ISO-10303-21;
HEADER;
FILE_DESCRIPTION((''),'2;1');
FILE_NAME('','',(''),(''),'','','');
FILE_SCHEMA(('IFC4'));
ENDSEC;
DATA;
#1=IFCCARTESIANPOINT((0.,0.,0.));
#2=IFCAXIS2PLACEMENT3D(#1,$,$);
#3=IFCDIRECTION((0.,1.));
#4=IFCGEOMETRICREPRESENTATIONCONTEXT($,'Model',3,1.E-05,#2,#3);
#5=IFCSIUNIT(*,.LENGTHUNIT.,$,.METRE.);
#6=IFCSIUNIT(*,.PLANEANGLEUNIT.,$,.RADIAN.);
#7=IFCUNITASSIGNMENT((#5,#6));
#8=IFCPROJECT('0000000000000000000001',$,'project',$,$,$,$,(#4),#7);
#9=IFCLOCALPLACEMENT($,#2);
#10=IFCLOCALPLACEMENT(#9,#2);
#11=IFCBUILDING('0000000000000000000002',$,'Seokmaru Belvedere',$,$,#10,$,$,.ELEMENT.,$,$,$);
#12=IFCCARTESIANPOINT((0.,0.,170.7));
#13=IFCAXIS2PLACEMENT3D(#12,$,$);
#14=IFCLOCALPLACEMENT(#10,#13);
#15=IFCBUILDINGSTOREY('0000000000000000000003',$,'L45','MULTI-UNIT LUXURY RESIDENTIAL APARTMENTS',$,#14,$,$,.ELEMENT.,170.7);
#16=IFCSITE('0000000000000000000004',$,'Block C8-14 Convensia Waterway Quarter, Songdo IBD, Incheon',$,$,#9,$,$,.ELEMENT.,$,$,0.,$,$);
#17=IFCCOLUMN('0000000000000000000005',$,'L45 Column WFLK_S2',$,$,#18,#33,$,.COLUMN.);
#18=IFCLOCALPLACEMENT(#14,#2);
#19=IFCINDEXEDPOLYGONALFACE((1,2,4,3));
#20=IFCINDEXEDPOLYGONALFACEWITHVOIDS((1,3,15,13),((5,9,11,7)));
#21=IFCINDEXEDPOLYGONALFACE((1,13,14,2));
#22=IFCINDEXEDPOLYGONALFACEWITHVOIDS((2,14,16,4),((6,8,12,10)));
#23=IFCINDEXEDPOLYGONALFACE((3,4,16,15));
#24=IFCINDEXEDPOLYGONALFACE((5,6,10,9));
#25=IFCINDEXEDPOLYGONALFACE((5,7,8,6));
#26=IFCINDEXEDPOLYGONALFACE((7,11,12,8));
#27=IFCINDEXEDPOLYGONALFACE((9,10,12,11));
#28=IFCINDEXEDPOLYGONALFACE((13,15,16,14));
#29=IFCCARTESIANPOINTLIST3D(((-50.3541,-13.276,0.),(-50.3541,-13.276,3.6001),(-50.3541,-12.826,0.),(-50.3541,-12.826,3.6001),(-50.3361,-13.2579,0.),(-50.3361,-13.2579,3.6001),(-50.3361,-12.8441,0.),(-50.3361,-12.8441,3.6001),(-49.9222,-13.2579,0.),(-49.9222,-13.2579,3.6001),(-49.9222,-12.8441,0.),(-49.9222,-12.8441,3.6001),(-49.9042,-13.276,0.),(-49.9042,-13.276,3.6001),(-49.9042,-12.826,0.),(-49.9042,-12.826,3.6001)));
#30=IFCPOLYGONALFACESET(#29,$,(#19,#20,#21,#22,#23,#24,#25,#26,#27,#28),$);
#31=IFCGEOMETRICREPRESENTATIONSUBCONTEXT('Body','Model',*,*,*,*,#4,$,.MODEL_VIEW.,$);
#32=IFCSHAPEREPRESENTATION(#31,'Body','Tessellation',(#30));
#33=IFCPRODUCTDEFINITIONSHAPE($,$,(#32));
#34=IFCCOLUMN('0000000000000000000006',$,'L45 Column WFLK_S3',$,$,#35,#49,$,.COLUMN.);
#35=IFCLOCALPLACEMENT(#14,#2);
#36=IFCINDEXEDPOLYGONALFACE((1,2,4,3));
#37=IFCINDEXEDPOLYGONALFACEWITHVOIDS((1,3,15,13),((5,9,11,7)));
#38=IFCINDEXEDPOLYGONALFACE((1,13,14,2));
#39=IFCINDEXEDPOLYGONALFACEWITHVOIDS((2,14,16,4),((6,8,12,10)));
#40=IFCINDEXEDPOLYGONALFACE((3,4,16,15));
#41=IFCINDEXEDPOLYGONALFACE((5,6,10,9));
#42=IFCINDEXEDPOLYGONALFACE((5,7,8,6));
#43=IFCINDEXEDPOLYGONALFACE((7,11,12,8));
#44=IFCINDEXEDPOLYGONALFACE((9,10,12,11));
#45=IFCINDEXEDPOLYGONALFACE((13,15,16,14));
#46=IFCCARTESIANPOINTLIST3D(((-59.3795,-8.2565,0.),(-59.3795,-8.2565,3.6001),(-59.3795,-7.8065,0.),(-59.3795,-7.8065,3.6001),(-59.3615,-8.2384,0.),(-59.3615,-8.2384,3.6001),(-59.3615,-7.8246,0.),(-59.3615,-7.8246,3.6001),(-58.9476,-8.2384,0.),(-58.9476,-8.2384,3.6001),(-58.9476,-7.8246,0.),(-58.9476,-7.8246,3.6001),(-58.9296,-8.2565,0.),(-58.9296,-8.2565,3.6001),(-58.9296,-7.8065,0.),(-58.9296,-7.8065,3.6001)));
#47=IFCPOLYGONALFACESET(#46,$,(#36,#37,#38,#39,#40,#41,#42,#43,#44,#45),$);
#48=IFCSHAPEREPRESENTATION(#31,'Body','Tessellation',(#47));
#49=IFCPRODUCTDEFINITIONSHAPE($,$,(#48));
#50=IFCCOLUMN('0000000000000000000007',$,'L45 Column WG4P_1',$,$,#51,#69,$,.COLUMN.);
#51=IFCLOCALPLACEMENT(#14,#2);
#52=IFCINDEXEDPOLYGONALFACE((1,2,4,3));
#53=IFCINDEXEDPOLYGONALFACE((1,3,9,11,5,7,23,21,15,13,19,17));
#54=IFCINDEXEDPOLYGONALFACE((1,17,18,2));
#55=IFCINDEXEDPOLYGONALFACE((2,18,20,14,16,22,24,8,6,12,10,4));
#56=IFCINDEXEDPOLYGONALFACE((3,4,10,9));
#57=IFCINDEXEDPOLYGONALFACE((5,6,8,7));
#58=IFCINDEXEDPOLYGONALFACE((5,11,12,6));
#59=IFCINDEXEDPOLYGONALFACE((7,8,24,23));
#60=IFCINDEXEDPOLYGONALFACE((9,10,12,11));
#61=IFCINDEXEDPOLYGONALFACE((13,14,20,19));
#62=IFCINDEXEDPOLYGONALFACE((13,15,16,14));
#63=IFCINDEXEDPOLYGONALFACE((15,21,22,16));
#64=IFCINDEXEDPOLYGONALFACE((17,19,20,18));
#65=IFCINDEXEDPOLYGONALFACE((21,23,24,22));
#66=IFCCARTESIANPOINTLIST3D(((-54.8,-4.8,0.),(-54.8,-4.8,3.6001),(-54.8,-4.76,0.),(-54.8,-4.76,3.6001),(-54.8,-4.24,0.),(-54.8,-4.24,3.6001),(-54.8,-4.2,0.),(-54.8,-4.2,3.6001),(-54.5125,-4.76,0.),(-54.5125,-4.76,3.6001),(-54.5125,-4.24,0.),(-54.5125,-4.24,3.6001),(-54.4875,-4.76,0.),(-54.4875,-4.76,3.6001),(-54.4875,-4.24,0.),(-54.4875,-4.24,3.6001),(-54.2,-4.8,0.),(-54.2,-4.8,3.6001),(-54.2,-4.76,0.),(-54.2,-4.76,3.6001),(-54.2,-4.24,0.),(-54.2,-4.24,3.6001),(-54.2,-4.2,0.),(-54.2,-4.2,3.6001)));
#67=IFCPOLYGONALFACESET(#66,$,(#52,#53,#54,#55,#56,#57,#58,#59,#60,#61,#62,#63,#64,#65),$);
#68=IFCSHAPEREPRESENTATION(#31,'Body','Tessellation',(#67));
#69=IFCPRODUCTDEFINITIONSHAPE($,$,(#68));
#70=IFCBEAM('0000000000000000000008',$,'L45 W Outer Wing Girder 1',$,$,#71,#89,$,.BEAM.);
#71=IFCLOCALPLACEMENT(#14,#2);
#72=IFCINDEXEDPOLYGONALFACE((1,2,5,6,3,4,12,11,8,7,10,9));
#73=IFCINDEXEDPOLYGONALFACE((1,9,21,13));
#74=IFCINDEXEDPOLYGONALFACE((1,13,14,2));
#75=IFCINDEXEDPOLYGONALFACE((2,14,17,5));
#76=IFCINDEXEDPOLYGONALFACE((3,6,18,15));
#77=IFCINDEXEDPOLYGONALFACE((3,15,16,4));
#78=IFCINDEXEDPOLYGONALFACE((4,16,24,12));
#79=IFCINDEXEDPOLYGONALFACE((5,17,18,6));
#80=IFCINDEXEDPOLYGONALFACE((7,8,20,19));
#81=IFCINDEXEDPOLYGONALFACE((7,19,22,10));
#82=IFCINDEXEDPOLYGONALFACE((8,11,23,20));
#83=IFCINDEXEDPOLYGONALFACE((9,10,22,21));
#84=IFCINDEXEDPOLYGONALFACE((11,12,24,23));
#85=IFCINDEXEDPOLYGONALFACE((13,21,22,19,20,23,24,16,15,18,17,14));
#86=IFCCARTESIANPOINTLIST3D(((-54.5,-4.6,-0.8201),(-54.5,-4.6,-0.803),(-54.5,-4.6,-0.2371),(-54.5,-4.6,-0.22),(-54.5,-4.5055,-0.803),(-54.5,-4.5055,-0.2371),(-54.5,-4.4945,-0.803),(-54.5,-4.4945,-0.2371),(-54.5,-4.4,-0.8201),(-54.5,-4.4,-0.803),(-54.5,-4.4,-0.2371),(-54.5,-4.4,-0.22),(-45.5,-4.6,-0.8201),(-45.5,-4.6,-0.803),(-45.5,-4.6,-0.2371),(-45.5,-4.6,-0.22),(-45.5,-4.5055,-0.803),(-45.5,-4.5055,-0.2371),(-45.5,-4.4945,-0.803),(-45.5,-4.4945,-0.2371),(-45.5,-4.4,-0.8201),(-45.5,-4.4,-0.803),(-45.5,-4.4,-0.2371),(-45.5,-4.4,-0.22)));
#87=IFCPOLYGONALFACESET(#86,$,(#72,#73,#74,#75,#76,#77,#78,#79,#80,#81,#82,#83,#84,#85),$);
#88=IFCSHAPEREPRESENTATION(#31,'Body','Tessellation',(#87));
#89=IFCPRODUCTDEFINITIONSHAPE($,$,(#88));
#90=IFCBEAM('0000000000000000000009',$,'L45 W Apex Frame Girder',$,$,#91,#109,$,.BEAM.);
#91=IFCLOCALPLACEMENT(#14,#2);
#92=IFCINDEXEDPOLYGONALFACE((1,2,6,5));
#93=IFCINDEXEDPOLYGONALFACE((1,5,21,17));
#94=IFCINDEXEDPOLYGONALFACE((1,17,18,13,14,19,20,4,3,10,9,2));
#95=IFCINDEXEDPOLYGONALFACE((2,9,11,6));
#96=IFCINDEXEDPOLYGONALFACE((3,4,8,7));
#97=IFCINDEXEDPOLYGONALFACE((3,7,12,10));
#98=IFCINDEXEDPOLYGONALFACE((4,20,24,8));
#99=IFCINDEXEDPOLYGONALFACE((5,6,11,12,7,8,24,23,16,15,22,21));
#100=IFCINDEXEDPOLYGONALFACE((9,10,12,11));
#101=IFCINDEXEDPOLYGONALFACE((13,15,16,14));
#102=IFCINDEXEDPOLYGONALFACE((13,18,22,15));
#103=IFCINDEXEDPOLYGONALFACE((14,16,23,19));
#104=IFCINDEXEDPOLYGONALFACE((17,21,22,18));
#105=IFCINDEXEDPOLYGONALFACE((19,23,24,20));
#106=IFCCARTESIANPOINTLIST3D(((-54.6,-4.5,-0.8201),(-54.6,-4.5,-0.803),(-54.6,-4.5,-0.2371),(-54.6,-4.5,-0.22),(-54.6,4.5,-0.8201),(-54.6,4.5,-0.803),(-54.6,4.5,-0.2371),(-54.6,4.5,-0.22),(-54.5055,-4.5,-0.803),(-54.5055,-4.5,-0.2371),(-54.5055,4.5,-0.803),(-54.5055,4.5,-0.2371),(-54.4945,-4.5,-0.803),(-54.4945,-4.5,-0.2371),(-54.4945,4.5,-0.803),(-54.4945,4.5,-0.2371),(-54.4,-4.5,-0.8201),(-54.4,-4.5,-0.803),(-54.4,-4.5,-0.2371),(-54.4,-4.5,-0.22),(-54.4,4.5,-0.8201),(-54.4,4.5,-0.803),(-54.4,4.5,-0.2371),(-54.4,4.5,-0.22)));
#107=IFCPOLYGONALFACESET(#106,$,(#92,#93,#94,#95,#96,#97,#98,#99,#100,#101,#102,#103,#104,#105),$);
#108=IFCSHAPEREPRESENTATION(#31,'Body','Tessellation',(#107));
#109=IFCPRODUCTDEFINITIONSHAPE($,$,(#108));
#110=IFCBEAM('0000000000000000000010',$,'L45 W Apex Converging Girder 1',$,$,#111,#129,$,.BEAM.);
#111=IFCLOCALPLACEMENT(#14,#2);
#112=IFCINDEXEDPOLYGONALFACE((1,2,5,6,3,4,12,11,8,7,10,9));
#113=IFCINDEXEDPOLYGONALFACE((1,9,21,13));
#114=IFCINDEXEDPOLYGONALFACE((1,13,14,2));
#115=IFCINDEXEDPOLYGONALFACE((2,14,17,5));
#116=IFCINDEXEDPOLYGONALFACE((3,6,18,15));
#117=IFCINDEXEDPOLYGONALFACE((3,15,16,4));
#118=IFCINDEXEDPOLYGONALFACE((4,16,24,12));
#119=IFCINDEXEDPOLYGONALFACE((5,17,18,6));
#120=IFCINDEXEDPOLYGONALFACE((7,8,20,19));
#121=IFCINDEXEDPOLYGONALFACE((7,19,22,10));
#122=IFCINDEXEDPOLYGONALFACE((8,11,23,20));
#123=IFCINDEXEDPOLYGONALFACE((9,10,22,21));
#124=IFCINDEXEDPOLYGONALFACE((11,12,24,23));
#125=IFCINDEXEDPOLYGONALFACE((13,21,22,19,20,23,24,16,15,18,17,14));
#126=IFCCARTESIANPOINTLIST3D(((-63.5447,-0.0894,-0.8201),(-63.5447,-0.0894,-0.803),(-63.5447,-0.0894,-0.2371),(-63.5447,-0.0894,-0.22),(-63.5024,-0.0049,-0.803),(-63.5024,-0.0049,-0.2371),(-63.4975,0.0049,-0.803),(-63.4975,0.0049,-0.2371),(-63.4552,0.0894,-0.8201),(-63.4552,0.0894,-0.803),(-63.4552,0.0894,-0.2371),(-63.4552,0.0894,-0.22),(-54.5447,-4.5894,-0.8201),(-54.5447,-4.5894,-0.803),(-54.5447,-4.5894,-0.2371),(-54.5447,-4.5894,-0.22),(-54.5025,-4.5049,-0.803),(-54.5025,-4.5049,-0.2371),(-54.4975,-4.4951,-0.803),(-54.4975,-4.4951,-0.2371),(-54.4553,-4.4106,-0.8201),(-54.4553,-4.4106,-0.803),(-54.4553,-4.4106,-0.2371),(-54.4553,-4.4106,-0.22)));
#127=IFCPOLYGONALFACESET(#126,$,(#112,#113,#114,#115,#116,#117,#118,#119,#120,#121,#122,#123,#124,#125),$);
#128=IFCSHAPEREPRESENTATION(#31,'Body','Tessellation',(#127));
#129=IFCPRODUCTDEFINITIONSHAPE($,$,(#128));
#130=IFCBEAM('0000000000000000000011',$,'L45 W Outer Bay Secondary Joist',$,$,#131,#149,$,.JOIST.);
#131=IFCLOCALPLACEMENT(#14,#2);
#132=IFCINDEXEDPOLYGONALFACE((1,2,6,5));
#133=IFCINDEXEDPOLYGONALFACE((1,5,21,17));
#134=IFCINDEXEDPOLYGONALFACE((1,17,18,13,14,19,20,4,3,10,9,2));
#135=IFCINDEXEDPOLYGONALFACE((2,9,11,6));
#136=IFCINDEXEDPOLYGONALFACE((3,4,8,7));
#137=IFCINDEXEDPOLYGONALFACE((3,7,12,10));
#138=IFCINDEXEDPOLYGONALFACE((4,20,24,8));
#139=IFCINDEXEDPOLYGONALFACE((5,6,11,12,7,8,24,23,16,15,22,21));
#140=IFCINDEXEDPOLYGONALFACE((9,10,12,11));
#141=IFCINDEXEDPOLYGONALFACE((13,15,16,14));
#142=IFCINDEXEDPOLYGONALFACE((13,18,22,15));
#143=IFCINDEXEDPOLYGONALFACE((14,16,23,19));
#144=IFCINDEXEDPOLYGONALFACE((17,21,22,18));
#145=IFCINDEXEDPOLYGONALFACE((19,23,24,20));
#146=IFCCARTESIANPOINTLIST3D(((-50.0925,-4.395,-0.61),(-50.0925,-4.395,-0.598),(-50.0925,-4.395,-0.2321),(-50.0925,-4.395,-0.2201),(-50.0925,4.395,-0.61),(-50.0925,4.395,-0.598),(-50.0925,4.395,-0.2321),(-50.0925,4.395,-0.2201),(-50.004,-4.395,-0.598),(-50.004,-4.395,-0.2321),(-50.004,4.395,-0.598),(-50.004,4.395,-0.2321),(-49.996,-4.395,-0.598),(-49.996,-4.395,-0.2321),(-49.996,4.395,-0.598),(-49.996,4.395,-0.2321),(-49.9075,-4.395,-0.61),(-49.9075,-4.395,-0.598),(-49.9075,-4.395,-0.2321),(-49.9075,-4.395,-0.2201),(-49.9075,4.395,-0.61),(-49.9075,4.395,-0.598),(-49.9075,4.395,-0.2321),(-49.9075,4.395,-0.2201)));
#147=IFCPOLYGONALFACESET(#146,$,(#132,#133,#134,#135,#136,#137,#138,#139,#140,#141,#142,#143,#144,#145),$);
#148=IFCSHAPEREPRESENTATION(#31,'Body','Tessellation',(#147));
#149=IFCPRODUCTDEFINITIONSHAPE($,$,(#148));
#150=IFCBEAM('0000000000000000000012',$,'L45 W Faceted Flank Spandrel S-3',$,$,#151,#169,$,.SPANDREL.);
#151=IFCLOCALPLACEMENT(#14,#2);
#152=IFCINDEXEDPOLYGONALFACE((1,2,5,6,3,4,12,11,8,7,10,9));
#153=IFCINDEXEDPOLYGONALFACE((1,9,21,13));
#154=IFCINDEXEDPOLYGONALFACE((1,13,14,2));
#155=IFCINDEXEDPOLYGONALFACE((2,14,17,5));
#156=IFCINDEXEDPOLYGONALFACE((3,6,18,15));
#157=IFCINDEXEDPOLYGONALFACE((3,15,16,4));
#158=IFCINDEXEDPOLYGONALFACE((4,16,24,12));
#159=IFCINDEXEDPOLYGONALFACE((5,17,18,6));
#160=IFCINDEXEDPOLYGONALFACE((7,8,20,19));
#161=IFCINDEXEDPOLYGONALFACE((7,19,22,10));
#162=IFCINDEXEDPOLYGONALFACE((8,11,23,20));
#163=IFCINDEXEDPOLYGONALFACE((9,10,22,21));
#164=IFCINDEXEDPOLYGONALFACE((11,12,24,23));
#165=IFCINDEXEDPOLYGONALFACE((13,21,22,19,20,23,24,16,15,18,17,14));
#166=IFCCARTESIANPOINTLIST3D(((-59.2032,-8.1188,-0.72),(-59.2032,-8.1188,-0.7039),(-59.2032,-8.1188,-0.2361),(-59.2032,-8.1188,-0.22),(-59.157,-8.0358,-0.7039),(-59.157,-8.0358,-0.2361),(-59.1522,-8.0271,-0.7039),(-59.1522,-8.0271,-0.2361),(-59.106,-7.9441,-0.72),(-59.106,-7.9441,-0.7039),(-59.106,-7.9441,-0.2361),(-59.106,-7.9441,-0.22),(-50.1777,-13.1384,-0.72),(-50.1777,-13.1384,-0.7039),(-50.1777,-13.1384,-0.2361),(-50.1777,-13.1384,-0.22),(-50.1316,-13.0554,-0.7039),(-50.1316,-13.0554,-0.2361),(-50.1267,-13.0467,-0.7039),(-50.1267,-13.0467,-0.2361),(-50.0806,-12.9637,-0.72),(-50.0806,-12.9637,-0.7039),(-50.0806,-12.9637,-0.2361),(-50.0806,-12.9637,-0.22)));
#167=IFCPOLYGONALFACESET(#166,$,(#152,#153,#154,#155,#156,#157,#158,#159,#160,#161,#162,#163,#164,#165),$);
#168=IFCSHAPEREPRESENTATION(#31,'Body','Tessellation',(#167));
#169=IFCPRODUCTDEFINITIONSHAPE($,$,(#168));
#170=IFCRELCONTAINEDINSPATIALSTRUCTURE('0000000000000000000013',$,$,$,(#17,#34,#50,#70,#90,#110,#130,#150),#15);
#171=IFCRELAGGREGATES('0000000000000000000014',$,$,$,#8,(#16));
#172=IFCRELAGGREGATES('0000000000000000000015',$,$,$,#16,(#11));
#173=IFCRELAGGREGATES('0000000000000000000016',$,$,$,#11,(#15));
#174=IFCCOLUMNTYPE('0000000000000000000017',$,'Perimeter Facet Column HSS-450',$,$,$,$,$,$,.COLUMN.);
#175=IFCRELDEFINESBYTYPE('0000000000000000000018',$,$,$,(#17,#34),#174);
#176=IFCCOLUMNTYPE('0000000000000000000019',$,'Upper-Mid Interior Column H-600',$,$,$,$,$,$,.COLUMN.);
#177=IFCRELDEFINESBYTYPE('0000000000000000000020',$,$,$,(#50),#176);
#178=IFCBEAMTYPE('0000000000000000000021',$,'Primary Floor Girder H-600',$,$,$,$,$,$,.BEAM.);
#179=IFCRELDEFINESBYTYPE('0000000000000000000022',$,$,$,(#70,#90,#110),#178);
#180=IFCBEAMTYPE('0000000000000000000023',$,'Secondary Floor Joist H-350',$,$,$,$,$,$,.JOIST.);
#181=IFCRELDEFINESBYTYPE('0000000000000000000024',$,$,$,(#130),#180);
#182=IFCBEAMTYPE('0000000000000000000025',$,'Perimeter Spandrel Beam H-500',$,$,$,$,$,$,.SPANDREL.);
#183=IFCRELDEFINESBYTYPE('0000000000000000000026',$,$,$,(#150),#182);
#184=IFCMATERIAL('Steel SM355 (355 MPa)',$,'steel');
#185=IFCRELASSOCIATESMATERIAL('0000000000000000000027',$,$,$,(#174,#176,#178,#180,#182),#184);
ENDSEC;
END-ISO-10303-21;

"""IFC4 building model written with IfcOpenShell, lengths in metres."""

from ifc_helpers import new_model, si_unit, direction, frame, origin, origin_2d, place, context, subcontext, project, spatial, hollow_rectangle, i_section, extrude, source, transform, mapped, material, material_profile, profile_set, type_object, type_shapes, element, save


model = new_model("IFC4")

# Units and contexts
model_context = context("Model", 3, precision=1e-05, world=origin(), true_north=direction((0.0, 1.0)))
body_context = subcontext(model_context, "Body", "Model", "MODEL_VIEW")
ifc_project = project(units=[si_unit("LENGTHUNIT", "METRE"), si_unit("PLANEANGLEUNIT", "RADIAN")], contexts=[model_context])

# Site, building, storey
site_placement = place(None, origin())
site = spatial("IfcSite", under=ifc_project, at=site_placement, Name="Block C8-14 Convensia Waterway Quarter, Songdo IBD, Incheon", CompositionType="ELEMENT", RefElevation=0.0)
building_placement = place(site_placement, origin())
building = spatial("IfcBuilding", under=site, at=building_placement, Name="Seokmaru Belvedere", CompositionType="ELEMENT")
storey_placement = place(building_placement, frame((0.0, 0.0, 170.7)))
storey = spatial("IfcBuildingStorey", under=building, at=storey_placement, Name="L45", Description="MULTI-UNIT LUXURY RESIDENTIAL APARTMENTS", CompositionType="ELEMENT", Elevation=170.7)

# Columns
ifc_material_1 = material(Name="Steel SM355 (355 MPa)", Category="steel")
ifc_material_profile_1 = material_profile(ifc_material_1, hollow_rectangle(XDim=0.45, YDim=0.45, WallThickness=0.0181, at=origin_2d()), Name="HSS-450x450x18")
ifc_profile_set_1 = profile_set([ifc_material_profile_1], Name="Steel SM355 (355 MPa)")
column_type_1 = type_object("IfcColumnType", Name="Perimeter Facet Column HSS-450", PredefinedType="COLUMN", material=ifc_profile_set_1)
shared_shape_1 = source(origin(), body_context, "Body", "SweptSolid", [
    extrude(hollow_rectangle(XDim=0.45, YDim=0.45, WallThickness=0.0181, at=origin_2d()), origin(), (0.0, 0.0, 1.0), 3.6001),
])
type_shapes(column_type_1, [shared_shape_1])
for number, where, z_axis, x_axis, name in (
    (1, (-50.1292, -13.051, 0.0), (0.0, 0.0, 1.0), (1.0, 0.0, 0.0), "L45 Column WFLK_S2"),
    (2, (-59.1545, -8.0315, 0.0), (0.0, 0.0, 1.0), (1.0, 0.0, 0.0), "L45 Column WFLK_S3"),
):
    element("IfcColumn", number, at=place(storey_placement, frame(where, z_axis=z_axis, x_axis=x_axis)), inside=storey, type_object=column_type_1, Name=name, PredefinedType="COLUMN", context=body_context, shape_type="MappedRepresentation", body=[
        mapped(shared_shape_1, transform((0.0, 0.0, 0.0), scale=1.0)),
    ])
ifc_material_profile_2 = material_profile(ifc_material_1, i_section(OverallWidth=0.6001, OverallDepth=0.6001, WebThickness=0.0249, FlangeThickness=0.04, at=origin_2d()), Name="H-600x600x25x40")
ifc_profile_set_2 = profile_set([ifc_material_profile_2], Name="Steel SM355 (355 MPa)")
column_type_2 = type_object("IfcColumnType", Name="Upper-Mid Interior Column H-600", PredefinedType="COLUMN", material=ifc_profile_set_2)
shared_shape_2 = source(origin(), body_context, "Body", "SweptSolid", [
    extrude(i_section(OverallWidth=0.6001, OverallDepth=0.6001, WebThickness=0.0249, FlangeThickness=0.04, at=origin_2d()), origin(), (0.0, 0.0, 1.0), 3.6001),
])
type_shapes(column_type_2, [shared_shape_2])
column_placement = place(storey_placement, frame((-54.5, -4.5, 0.0), z_axis=(0.0, 0.0, 1.0), x_axis=(1.0, 0.0, 0.0)))
element("IfcColumn", 3, at=column_placement, inside=storey, type_object=column_type_2, Name="L45 Column WG4P_1", PredefinedType="COLUMN", context=body_context, shape_type="MappedRepresentation", body=[
    mapped(shared_shape_2, transform((0.0, 0.0, 0.0), scale=1.0)),
])

# Beams
ifc_material_profile_3 = material_profile(ifc_material_1, i_section(OverallWidth=0.2, OverallDepth=0.6001, WebThickness=0.011, FlangeThickness=0.0171, at=origin_2d()), Name="H-600x200x11x17")
ifc_profile_set_3 = profile_set([ifc_material_profile_3], Name="Steel SM355 (355 MPa)")
beam_type_1 = type_object("IfcBeamType", Name="Primary Floor Girder H-600", PredefinedType="BEAM", material=ifc_profile_set_3)
shared_shape_3 = source(origin(), body_context, "Body", "SweptSolid", [
    extrude(i_section(OverallWidth=0.2, OverallDepth=0.6001, WebThickness=0.011, FlangeThickness=0.0171, at=origin_2d()), origin(), (0.0, 0.0, 1.0), 9.0),
])
for number, where, z_axis, x_axis, name in (
    (4, (-54.5, -4.5, -0.52), (1.0, 0.0, 0.0), (0.0, 1.0, 0.0), "L45 W Outer Wing Girder 1"),
    (5, (-54.5, -4.5, -0.52), (0.0, 1.0, 0.0), (-1.0, 0.0, 0.0), "L45 W Apex Frame Girder"),
):
    element("IfcBeam", number, at=place(storey_placement, frame(where, z_axis=z_axis, x_axis=x_axis)), inside=storey, type_object=beam_type_1, Name=name, PredefinedType="BEAM", context=body_context, shape_type="MappedRepresentation", body=[
        mapped(shared_shape_3, transform((0.0, 0.0, 0.0), scale=1.0)),
    ])
shared_shape_4 = source(origin(), body_context, "Body", "SweptSolid", [
    extrude(i_section(OverallWidth=0.2, OverallDepth=0.6001, WebThickness=0.011, FlangeThickness=0.0171, at=origin_2d()), origin(), (0.0, 0.0, 1.0), 10.0623),
])
beam_1_placement = place(storey_placement, frame((-54.5, -4.5, -0.52), z_axis=(-0.894427, 0.447214, 0.0), x_axis=(-0.447214, -0.894427, 0.0)))
element("IfcBeam", 6, at=beam_1_placement, inside=storey, type_object=beam_type_1, Name="L45 W Apex Converging Girder 1", PredefinedType="BEAM", context=body_context, shape_type="MappedRepresentation", body=[
    mapped(shared_shape_4, transform((0.0, 0.0, 0.0), scale=1.0)),
])
ifc_material_profile_4 = material_profile(ifc_material_1, i_section(OverallWidth=0.1851, OverallDepth=0.3899, WebThickness=0.0081, FlangeThickness=0.012, at=origin_2d()), Name="H-390x185x8x12")
ifc_profile_set_4 = profile_set([ifc_material_profile_4], Name="Steel SM355 (355 MPa)")
beam_type_2 = type_object("IfcBeamType", Name="Secondary Floor Joist H-350", PredefinedType="JOIST", material=ifc_profile_set_4)
shared_shape_5 = source(origin(), body_context, "Body", "SweptSolid", [
    extrude(i_section(OverallWidth=0.1851, OverallDepth=0.3899, WebThickness=0.0081, FlangeThickness=0.012, at=origin_2d()), origin(), (0.0, 0.0, 1.0), 8.79),
])
type_shapes(beam_type_2, [shared_shape_5])
beam_2_placement = place(storey_placement, frame((-50.0, -4.395, -0.415), z_axis=(0.0, 1.0, 0.0), x_axis=(-1.0, 0.0, 0.0)))
element("IfcBeam", 7, at=beam_2_placement, inside=storey, type_object=beam_type_2, Name="L45 W Outer Bay Secondary Joist", PredefinedType="JOIST", context=body_context, shape_type="MappedRepresentation", body=[
    mapped(shared_shape_5, transform((0.0, 0.0, 0.0), scale=1.0)),
])
ifc_material_profile_5 = material_profile(ifc_material_1, i_section(OverallWidth=0.2, OverallDepth=0.5, WebThickness=0.01, FlangeThickness=0.0161, at=origin_2d()), Name="H-500x200x10x16")
ifc_profile_set_5 = profile_set([ifc_material_profile_5], Name="Steel SM355 (355 MPa)")
beam_type_3 = type_object("IfcBeamType", Name="Perimeter Spandrel Beam H-500", PredefinedType="SPANDREL", material=ifc_profile_set_5)
shared_shape_6 = source(origin(), body_context, "Body", "SweptSolid", [
    extrude(i_section(OverallWidth=0.2, OverallDepth=0.5, WebThickness=0.01, FlangeThickness=0.0161, at=origin_2d()), origin(), (0.0, 0.0, 1.0), 10.3274),
])
beam_3_placement = place(storey_placement, frame((-50.1292, -13.051, -0.47), z_axis=(-0.873934, 0.486044, 0.0), x_axis=(-0.486044, -0.873934, 0.0)))
element("IfcBeam", 8, at=beam_3_placement, inside=storey, type_object=beam_type_3, Name="L45 W Faceted Flank Spandrel S-3", PredefinedType="SPANDREL", context=body_context, shape_type="MappedRepresentation", body=[
    mapped(shared_shape_6, transform((0.0, 0.0, 0.0), scale=1.0)),
])

save(model, "model.ifc")
